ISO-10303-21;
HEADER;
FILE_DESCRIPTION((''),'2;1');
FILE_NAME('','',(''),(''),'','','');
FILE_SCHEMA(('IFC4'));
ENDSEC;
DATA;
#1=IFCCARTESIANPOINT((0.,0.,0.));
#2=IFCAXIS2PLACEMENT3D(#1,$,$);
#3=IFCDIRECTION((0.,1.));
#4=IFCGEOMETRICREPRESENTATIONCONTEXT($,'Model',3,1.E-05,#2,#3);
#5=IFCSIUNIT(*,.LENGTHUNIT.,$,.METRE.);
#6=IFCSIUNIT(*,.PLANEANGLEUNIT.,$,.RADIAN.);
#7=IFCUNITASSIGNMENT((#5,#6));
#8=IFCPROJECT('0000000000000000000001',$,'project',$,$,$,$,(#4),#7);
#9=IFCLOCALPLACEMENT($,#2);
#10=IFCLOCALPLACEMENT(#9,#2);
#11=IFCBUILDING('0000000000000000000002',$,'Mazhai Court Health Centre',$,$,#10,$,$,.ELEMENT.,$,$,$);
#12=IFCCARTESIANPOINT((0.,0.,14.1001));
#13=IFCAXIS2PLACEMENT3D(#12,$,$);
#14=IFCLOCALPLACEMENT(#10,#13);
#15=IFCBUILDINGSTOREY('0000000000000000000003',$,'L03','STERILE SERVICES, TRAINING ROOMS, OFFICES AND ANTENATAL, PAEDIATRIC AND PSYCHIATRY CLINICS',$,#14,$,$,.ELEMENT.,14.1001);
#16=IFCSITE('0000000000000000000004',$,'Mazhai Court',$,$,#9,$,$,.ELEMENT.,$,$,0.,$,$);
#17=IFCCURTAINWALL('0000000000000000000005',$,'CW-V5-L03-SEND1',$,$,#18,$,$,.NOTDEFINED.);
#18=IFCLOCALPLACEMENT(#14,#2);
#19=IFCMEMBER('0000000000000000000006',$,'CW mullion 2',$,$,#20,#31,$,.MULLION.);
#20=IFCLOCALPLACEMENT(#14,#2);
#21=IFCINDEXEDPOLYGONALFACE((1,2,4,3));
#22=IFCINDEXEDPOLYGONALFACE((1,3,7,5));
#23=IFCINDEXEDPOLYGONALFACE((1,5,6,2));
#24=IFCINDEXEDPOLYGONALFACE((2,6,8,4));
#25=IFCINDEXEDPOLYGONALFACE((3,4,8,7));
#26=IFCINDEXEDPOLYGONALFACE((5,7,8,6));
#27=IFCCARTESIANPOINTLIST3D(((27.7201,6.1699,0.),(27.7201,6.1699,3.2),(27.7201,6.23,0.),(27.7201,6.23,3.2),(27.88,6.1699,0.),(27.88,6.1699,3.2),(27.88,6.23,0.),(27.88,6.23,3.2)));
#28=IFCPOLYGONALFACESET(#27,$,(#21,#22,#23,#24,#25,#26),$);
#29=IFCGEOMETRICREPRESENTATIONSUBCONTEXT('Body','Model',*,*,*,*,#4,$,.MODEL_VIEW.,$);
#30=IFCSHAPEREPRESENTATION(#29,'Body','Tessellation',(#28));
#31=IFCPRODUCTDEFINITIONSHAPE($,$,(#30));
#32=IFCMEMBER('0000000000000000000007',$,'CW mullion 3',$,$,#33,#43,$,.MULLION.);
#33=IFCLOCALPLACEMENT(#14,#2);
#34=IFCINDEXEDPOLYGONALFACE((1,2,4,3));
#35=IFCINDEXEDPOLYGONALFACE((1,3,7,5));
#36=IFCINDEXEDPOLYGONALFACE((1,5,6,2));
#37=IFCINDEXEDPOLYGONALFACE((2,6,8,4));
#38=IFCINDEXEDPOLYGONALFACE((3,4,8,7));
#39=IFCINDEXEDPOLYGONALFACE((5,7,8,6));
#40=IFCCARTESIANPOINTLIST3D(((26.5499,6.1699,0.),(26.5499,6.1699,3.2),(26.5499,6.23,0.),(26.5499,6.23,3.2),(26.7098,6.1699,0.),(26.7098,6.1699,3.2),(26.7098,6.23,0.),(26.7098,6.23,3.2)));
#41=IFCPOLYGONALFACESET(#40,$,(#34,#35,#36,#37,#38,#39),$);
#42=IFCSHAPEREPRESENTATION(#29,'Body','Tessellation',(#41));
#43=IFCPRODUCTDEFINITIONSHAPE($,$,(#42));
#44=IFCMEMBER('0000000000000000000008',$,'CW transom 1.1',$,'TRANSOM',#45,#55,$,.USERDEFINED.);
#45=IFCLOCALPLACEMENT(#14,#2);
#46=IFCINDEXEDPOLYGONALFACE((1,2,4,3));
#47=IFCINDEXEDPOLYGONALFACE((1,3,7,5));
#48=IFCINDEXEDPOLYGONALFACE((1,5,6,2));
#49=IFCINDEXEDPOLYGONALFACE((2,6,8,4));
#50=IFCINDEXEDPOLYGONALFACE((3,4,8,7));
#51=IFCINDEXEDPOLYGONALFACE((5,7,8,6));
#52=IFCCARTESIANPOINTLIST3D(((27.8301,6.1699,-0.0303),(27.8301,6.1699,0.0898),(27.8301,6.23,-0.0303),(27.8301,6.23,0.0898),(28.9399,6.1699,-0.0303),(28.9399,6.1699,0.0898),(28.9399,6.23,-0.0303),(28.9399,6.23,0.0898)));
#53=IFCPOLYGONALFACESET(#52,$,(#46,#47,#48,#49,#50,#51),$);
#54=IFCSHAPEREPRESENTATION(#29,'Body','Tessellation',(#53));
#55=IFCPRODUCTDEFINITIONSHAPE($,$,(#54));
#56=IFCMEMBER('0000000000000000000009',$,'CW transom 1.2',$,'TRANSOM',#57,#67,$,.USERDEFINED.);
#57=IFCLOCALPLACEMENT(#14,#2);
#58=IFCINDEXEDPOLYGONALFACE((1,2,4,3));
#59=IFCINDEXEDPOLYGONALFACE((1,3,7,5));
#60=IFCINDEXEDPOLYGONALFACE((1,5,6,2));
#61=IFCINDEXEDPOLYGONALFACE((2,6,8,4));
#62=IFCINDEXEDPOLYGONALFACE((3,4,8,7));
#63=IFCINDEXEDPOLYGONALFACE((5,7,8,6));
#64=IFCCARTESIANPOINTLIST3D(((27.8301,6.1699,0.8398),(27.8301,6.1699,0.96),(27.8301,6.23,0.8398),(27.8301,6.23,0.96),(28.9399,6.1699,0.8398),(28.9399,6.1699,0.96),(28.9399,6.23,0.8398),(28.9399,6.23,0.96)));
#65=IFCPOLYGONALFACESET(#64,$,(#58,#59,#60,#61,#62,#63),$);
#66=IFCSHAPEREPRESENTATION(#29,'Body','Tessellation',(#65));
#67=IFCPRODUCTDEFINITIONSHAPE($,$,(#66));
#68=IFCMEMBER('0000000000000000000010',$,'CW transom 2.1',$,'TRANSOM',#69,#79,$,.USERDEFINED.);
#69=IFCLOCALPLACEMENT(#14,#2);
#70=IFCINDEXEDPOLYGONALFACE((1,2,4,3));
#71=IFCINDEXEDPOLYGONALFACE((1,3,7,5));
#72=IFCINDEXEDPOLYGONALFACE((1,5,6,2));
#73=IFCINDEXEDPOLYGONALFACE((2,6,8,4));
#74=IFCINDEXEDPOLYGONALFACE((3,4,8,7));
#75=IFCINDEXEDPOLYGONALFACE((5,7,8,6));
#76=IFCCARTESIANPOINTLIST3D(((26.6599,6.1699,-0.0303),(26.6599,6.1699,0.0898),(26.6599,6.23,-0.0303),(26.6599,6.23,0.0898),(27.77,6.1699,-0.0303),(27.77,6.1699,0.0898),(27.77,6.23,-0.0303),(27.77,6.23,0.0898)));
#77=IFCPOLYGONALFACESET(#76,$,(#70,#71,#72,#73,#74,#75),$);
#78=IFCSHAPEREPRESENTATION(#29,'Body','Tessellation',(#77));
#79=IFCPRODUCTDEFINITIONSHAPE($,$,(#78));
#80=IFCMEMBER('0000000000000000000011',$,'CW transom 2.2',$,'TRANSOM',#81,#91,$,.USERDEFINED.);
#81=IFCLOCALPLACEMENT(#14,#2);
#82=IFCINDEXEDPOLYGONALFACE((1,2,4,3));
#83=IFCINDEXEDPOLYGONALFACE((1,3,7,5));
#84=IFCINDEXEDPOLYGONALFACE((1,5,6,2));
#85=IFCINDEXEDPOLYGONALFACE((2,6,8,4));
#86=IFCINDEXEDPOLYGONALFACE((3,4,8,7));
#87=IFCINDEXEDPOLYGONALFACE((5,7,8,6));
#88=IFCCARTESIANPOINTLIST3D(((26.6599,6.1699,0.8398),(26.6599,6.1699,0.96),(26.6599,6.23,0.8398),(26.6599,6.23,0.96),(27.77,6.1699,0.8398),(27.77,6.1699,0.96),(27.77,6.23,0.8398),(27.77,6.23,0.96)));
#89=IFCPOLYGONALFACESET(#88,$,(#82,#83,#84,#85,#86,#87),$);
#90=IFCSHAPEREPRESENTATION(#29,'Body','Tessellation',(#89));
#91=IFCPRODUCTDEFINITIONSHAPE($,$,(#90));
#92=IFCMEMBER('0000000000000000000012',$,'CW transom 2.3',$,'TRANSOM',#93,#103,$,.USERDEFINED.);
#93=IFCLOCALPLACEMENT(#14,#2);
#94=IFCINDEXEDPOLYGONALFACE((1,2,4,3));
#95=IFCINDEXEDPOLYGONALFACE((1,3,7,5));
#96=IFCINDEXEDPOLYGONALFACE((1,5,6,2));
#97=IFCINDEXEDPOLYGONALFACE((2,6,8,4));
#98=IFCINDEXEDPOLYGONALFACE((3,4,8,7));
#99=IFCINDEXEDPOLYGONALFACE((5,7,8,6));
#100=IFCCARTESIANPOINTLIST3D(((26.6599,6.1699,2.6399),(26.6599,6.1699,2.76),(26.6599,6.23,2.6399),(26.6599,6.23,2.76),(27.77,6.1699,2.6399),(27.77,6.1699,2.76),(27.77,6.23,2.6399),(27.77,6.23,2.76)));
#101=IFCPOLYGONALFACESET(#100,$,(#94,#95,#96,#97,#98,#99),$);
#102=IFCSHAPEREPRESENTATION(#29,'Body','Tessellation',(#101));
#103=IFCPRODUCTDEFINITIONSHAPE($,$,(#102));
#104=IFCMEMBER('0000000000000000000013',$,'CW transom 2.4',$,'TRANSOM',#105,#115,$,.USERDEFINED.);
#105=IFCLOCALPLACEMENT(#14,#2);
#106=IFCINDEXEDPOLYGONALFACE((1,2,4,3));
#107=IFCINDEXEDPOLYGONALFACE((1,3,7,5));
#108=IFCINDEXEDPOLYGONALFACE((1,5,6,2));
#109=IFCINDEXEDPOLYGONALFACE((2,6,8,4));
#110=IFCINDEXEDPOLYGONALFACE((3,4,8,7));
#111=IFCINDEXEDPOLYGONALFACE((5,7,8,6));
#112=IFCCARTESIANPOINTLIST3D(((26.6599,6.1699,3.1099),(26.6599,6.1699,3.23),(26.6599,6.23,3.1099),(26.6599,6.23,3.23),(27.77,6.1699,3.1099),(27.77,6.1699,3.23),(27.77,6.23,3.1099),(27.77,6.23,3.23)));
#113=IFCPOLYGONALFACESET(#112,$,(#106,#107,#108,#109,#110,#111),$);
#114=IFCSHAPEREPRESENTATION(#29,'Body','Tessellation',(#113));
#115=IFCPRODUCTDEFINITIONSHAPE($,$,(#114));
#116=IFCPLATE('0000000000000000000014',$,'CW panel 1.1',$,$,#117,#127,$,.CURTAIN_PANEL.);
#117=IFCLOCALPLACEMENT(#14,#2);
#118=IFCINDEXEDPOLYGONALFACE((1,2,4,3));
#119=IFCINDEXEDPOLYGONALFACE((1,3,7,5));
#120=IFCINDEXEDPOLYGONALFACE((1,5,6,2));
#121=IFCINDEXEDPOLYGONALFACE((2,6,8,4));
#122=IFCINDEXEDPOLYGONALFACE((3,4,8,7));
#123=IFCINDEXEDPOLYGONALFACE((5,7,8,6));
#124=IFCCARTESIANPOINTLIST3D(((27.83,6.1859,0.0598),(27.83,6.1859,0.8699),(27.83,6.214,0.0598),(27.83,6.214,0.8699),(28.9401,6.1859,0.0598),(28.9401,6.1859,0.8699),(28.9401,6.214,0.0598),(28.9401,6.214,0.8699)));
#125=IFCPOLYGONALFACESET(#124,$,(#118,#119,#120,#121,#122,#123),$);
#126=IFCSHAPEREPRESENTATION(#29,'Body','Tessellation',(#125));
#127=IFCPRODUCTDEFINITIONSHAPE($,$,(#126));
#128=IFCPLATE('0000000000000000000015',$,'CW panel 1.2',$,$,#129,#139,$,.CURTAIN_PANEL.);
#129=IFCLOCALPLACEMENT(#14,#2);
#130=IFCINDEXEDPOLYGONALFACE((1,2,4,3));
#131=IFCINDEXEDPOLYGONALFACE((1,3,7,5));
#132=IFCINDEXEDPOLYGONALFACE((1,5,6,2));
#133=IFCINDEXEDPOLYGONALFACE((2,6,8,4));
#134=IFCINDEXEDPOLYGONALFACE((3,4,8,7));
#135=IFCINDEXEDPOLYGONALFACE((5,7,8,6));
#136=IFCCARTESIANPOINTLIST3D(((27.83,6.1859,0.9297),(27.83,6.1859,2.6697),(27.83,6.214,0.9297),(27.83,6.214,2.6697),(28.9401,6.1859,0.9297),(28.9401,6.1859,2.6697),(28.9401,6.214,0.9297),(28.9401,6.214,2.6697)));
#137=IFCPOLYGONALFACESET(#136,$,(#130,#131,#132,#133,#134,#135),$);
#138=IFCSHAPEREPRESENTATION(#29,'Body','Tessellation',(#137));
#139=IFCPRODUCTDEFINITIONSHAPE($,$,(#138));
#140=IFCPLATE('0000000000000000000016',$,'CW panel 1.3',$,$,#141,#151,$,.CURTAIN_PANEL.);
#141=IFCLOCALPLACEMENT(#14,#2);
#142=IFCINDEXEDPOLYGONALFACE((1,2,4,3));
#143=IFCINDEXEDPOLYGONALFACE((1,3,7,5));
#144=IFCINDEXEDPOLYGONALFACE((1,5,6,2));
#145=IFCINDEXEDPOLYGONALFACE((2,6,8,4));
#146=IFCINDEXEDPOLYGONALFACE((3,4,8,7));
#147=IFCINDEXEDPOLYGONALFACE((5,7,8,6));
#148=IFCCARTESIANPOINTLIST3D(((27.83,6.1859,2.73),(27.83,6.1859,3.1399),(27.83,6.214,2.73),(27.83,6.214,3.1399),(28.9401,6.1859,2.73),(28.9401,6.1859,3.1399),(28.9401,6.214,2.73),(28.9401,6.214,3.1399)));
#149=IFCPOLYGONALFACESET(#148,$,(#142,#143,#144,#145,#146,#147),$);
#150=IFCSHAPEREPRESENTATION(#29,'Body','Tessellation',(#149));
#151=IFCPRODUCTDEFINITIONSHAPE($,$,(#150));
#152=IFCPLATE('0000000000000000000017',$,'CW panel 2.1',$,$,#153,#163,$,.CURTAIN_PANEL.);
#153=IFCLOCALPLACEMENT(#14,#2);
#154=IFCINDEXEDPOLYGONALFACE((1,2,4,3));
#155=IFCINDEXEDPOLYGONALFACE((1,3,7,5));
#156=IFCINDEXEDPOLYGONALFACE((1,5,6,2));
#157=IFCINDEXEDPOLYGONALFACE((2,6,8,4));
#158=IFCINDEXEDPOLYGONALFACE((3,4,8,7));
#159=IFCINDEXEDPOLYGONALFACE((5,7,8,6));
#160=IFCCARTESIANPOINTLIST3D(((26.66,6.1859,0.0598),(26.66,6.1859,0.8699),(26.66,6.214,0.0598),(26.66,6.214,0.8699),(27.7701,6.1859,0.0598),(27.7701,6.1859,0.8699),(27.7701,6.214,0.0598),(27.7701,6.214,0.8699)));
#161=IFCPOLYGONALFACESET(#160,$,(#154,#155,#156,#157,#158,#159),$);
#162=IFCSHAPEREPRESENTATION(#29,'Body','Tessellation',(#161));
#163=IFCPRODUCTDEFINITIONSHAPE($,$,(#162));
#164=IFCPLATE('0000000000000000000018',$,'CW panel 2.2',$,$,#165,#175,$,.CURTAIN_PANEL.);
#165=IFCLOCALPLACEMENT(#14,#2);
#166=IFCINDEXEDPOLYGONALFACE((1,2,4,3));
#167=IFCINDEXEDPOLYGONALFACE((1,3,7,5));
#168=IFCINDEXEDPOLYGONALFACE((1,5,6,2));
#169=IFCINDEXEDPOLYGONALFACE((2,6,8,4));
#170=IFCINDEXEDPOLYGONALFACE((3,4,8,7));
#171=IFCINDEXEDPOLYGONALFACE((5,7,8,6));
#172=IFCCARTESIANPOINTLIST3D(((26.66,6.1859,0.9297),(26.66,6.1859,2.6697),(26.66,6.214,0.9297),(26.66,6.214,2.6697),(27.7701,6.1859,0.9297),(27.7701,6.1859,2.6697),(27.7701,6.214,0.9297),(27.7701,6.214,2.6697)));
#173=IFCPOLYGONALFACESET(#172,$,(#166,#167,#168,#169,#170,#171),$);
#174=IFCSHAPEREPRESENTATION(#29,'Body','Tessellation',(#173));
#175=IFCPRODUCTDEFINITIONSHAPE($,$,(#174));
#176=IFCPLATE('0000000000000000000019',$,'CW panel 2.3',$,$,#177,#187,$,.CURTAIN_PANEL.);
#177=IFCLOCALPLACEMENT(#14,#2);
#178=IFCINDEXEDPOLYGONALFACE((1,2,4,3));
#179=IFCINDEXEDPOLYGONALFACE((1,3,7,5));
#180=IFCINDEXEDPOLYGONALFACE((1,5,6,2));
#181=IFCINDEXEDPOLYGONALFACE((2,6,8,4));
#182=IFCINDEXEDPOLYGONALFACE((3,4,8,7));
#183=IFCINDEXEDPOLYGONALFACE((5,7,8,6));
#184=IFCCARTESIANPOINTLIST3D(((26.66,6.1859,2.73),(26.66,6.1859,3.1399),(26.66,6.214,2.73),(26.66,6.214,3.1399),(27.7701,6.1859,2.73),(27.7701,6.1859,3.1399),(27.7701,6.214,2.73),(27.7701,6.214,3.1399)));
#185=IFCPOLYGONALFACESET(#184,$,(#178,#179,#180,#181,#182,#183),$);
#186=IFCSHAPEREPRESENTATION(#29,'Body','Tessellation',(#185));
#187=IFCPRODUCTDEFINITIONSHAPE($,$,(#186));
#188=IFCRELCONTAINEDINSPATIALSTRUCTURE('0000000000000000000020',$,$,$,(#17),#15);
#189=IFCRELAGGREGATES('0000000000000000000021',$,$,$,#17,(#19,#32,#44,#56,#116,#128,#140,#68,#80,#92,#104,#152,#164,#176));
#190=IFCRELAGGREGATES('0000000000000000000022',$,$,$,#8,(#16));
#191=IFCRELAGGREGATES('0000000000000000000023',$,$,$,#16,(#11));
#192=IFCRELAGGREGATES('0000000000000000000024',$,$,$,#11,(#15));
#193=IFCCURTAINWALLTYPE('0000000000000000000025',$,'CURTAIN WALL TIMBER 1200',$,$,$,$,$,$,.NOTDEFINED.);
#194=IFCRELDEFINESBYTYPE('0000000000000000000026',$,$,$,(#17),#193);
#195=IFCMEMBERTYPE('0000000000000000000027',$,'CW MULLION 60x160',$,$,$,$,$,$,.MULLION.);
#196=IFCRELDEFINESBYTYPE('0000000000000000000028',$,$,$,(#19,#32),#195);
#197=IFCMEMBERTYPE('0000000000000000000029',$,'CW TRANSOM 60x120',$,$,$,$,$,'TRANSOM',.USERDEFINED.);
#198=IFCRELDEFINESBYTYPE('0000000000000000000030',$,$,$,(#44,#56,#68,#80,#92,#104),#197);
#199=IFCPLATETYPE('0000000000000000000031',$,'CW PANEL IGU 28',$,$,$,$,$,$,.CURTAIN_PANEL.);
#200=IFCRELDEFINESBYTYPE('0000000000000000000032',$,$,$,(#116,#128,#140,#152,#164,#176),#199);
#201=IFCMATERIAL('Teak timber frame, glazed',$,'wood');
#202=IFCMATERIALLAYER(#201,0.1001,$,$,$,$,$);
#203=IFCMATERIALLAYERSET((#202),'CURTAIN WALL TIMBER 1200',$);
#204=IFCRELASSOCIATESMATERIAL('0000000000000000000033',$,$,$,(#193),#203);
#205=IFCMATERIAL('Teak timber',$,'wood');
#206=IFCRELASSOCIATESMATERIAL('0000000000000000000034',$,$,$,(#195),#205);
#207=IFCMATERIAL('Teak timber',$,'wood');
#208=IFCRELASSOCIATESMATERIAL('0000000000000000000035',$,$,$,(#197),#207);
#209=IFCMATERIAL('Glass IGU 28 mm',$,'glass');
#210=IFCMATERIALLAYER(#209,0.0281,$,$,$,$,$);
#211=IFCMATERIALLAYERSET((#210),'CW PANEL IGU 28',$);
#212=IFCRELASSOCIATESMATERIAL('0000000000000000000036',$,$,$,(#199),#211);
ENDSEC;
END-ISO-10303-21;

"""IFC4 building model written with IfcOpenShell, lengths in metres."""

from ifc_helpers import new_model, si_unit, direction, frame, origin, origin_2d, place, context, subcontext, project, spatial, rectangle, extrude, material, layer, layer_set, material_profile, profile_set, type_object, element, aggregate, save


model = new_model("IFC4")

# Units and contexts
model_context = context("Model", 3, precision=1e-05, world=origin(), true_north=direction((0.0, 1.0)))
body_context = subcontext(model_context, "Body", "Model", "MODEL_VIEW")
ifc_project = project(units=[si_unit("LENGTHUNIT", "METRE"), si_unit("PLANEANGLEUNIT", "RADIAN")], contexts=[model_context])

# Site, building, storey
site_placement = place(None, origin())
site = spatial("IfcSite", under=ifc_project, at=site_placement, Name="Mazhai Court", CompositionType="ELEMENT", RefElevation=0.0)
building_placement = place(site_placement, origin())
building = spatial("IfcBuilding", under=site, at=building_placement, Name="Mazhai Court Health Centre", CompositionType="ELEMENT")
storey_placement = place(building_placement, frame((0.0, 0.0, 14.1001)))
storey = spatial("IfcBuildingStorey", under=building, at=storey_placement, Name="L03", Description="STERILE SERVICES, TRAINING ROOMS, OFFICES AND ANTENATAL, PAEDIATRIC AND PSYCHIATRY CLINICS", CompositionType="ELEMENT", Elevation=14.1001)

# Curtain wall, members, plates
ifc_material_1 = material(Name="Teak timber frame, glazed", Category="wood")
ifc_layer_1 = layer(ifc_material_1, 0.1001)
ifc_layer_set_1 = layer_set([ifc_layer_1], Name="CURTAIN WALL TIMBER 1200")
curtain_wall_type = type_object("IfcCurtainWallType", Name="CURTAIN WALL TIMBER 1200", PredefinedType="NOTDEFINED", material=ifc_layer_set_1)
curtain_wall_placement = place(storey_placement, origin())
curtain_wall = element("IfcCurtainWall", 1, at=curtain_wall_placement, inside=storey, type_object=curtain_wall_type, Name="CW-V5-L03-SEND1", PredefinedType="NOTDEFINED")
ifc_material_2 = material(Name="Teak timber", Category="wood")
ifc_material_profile_1 = material_profile(ifc_material_2, rectangle(XDim=0.0601, YDim=0.1599, at=origin_2d()), Name="CW MULLION 60x160")
ifc_profile_set_1 = profile_set([ifc_material_profile_1], Name="Teak timber")
member_type_1 = type_object("IfcMemberType", Name="CW MULLION 60x160", PredefinedType="MULLION", material=ifc_profile_set_1)
member_1_placement = place(storey_placement, frame((27.8, 6.2, 0.0), z_axis=(0.0, 0.0, 1.0), x_axis=(0.0, -1.0, 0.0)))
member_1 = element("IfcMember", 2, at=member_1_placement, type_object=member_type_1, Name="CW mullion 2", PredefinedType="MULLION", context=body_context, shape_type="SweptSolid", body=[
    extrude(rectangle(XDim=0.0601, YDim=0.1599, at=origin_2d()), origin(), (0.0, 0.0, 1.0), 3.2),
])
member_2_placement = place(storey_placement, frame((26.6299, 6.2, 0.0), z_axis=(0.0, 0.0, 1.0), x_axis=(0.0, -1.0, 0.0)))
member_2 = element("IfcMember", 3, at=member_2_placement, type_object=member_type_1, Name="CW mullion 3", PredefinedType="MULLION", context=body_context, shape_type="SweptSolid", body=[
    extrude(rectangle(XDim=0.0601, YDim=0.1599, at=origin_2d()), origin(), (0.0, 0.0, 1.0), 3.2),
])
ifc_material_3 = material(Name="Teak timber", Category="wood")
ifc_material_profile_2 = material_profile(ifc_material_3, rectangle(XDim=0.0601, YDim=0.1201, at=origin_2d()), Name="CW TRANSOM 60x120")
ifc_profile_set_2 = profile_set([ifc_material_profile_2], Name="Teak timber")
member_type_2 = type_object("IfcMemberType", Name="CW TRANSOM 60x120", ElementType="TRANSOM", PredefinedType="USERDEFINED", material=ifc_profile_set_2)
member_3_placement = place(storey_placement, frame((28.9399, 6.2, 0.0298), z_axis=(-1.0, 0.0, 0.0), x_axis=(0.0, -1.0, 0.0)))
member_3 = element("IfcMember", 4, at=member_3_placement, type_object=member_type_2, Name="CW transom 1.1", ObjectType="TRANSOM", PredefinedType="USERDEFINED", context=body_context, shape_type="SweptSolid", body=[
    extrude(rectangle(XDim=0.0601, YDim=0.1201, at=origin_2d()), origin(), (0.0, 0.0, 1.0), 1.1099),
])
member_4_placement = place(storey_placement, frame((28.9399, 6.2, 0.8999), z_axis=(-1.0, 0.0, 0.0), x_axis=(0.0, -1.0, 0.0)))
member_4 = element("IfcMember", 5, at=member_4_placement, type_object=member_type_2, Name="CW transom 1.2", ObjectType="TRANSOM", PredefinedType="USERDEFINED", context=body_context, shape_type="SweptSolid", body=[
    extrude(rectangle(XDim=0.0601, YDim=0.1201, at=origin_2d()), origin(), (0.0, 0.0, 1.0), 1.1099),
])
member_5_placement = place(storey_placement, frame((27.77, 6.2, 0.0298), z_axis=(-1.0, 0.0, 0.0), x_axis=(0.0, -1.0, 0.0)))
member_5 = element("IfcMember", 6, at=member_5_placement, type_object=member_type_2, Name="CW transom 2.1", ObjectType="TRANSOM", PredefinedType="USERDEFINED", context=body_context, shape_type="SweptSolid", body=[
    extrude(rectangle(XDim=0.0601, YDim=0.1201, at=origin_2d()), origin(), (0.0, 0.0, 1.0), 1.1101),
])
member_6_placement = place(storey_placement, frame((27.77, 6.2, 0.8999), z_axis=(-1.0, 0.0, 0.0), x_axis=(0.0, -1.0, 0.0)))
member_6 = element("IfcMember", 7, at=member_6_placement, type_object=member_type_2, Name="CW transom 2.2", ObjectType="TRANSOM", PredefinedType="USERDEFINED", context=body_context, shape_type="SweptSolid", body=[
    extrude(rectangle(XDim=0.0601, YDim=0.1201, at=origin_2d()), origin(), (0.0, 0.0, 1.0), 1.1101),
])
member_7_placement = place(storey_placement, frame((27.77, 6.2, 2.7), z_axis=(-1.0, 0.0, 0.0), x_axis=(0.0, -1.0, 0.0)))
member_7 = element("IfcMember", 8, at=member_7_placement, type_object=member_type_2, Name="CW transom 2.3", ObjectType="TRANSOM", PredefinedType="USERDEFINED", context=body_context, shape_type="SweptSolid", body=[
    extrude(rectangle(XDim=0.0601, YDim=0.1201, at=origin_2d()), origin(), (0.0, 0.0, 1.0), 1.1101),
])
member_8_placement = place(storey_placement, frame((27.77, 6.2, 3.1699), z_axis=(-1.0, 0.0, 0.0), x_axis=(0.0, -1.0, 0.0)))
member_8 = element("IfcMember", 9, at=member_8_placement, type_object=member_type_2, Name="CW transom 2.4", ObjectType="TRANSOM", PredefinedType="USERDEFINED", context=body_context, shape_type="SweptSolid", body=[
    extrude(rectangle(XDim=0.0601, YDim=0.1201, at=origin_2d()), origin(), (0.0, 0.0, 1.0), 1.1101),
])
ifc_material_4 = material(Name="Glass IGU 28 mm", Category="glass")
ifc_layer_2 = layer(ifc_material_4, 0.0281)
ifc_layer_set_2 = layer_set([ifc_layer_2], Name="CW PANEL IGU 28")
plate_type = type_object("IfcPlateType", Name="CW PANEL IGU 28", PredefinedType="CURTAIN_PANEL", material=ifc_layer_set_2)
plate_1_placement = place(storey_placement, frame((28.385, 6.2, 0.0598), z_axis=(0.0, 0.0, 1.0), x_axis=(-1.0, 0.0, 0.0)))
plate_1 = element("IfcPlate", 10, at=plate_1_placement, type_object=plate_type, Name="CW panel 1.1", PredefinedType="CURTAIN_PANEL", context=body_context, shape_type="SweptSolid", body=[
    extrude(rectangle(XDim=1.1101, YDim=0.0281, at=origin_2d()), origin(), (0.0, 0.0, 1.0), 0.8101),
])
plate_2_placement = place(storey_placement, frame((28.385, 6.2, 0.9297), z_axis=(0.0, 0.0, 1.0), x_axis=(-1.0, 0.0, 0.0)))
plate_2 = element("IfcPlate", 11, at=plate_2_placement, type_object=plate_type, Name="CW panel 1.2", PredefinedType="CURTAIN_PANEL", context=body_context, shape_type="SweptSolid", body=[
    extrude(rectangle(XDim=1.1101, YDim=0.0281, at=origin_2d()), origin(), (0.0, 0.0, 1.0), 1.74),
])
plate_3_placement = place(storey_placement, frame((28.385, 6.2, 2.73), z_axis=(0.0, 0.0, 1.0), x_axis=(-1.0, 0.0, 0.0)))
plate_3 = element("IfcPlate", 12, at=plate_3_placement, type_object=plate_type, Name="CW panel 1.3", PredefinedType="CURTAIN_PANEL", context=body_context, shape_type="SweptSolid", body=[
    extrude(rectangle(XDim=1.1101, YDim=0.0281, at=origin_2d()), origin(), (0.0, 0.0, 1.0), 0.4099),
])
plate_4_placement = place(storey_placement, frame((27.2151, 6.2, 0.0598), z_axis=(0.0, 0.0, 1.0), x_axis=(-1.0, 0.0, 0.0)))
plate_4 = element("IfcPlate", 13, at=plate_4_placement, type_object=plate_type, Name="CW panel 2.1", PredefinedType="CURTAIN_PANEL", context=body_context, shape_type="SweptSolid", body=[
    extrude(rectangle(XDim=1.1101, YDim=0.0281, at=origin_2d()), origin(), (0.0, 0.0, 1.0), 0.8101),
])
plate_5_placement = place(storey_placement, frame((27.2151, 6.2, 0.9297), z_axis=(0.0, 0.0, 1.0), x_axis=(-1.0, 0.0, 0.0)))
plate_5 = element("IfcPlate", 14, at=plate_5_placement, type_object=plate_type, Name="CW panel 2.2", PredefinedType="CURTAIN_PANEL", context=body_context, shape_type="SweptSolid", body=[
    extrude(rectangle(XDim=1.1101, YDim=0.0281, at=origin_2d()), origin(), (0.0, 0.0, 1.0), 1.74),
])
plate_6_placement = place(storey_placement, frame((27.2151, 6.2, 2.73), z_axis=(0.0, 0.0, 1.0), x_axis=(-1.0, 0.0, 0.0)))
plate_6 = element("IfcPlate", 15, at=plate_6_placement, type_object=plate_type, Name="CW panel 2.3", PredefinedType="CURTAIN_PANEL", context=body_context, shape_type="SweptSolid", body=[
    extrude(rectangle(XDim=1.1101, YDim=0.0281, at=origin_2d()), origin(), (0.0, 0.0, 1.0), 0.4099),
])
aggregate(curtain_wall, [member_1, member_2, member_3, member_4, plate_1, plate_2, plate_3, member_5, member_6, member_7, member_8, plate_4, plate_5, plate_6])

save(model, "model.ifc")
